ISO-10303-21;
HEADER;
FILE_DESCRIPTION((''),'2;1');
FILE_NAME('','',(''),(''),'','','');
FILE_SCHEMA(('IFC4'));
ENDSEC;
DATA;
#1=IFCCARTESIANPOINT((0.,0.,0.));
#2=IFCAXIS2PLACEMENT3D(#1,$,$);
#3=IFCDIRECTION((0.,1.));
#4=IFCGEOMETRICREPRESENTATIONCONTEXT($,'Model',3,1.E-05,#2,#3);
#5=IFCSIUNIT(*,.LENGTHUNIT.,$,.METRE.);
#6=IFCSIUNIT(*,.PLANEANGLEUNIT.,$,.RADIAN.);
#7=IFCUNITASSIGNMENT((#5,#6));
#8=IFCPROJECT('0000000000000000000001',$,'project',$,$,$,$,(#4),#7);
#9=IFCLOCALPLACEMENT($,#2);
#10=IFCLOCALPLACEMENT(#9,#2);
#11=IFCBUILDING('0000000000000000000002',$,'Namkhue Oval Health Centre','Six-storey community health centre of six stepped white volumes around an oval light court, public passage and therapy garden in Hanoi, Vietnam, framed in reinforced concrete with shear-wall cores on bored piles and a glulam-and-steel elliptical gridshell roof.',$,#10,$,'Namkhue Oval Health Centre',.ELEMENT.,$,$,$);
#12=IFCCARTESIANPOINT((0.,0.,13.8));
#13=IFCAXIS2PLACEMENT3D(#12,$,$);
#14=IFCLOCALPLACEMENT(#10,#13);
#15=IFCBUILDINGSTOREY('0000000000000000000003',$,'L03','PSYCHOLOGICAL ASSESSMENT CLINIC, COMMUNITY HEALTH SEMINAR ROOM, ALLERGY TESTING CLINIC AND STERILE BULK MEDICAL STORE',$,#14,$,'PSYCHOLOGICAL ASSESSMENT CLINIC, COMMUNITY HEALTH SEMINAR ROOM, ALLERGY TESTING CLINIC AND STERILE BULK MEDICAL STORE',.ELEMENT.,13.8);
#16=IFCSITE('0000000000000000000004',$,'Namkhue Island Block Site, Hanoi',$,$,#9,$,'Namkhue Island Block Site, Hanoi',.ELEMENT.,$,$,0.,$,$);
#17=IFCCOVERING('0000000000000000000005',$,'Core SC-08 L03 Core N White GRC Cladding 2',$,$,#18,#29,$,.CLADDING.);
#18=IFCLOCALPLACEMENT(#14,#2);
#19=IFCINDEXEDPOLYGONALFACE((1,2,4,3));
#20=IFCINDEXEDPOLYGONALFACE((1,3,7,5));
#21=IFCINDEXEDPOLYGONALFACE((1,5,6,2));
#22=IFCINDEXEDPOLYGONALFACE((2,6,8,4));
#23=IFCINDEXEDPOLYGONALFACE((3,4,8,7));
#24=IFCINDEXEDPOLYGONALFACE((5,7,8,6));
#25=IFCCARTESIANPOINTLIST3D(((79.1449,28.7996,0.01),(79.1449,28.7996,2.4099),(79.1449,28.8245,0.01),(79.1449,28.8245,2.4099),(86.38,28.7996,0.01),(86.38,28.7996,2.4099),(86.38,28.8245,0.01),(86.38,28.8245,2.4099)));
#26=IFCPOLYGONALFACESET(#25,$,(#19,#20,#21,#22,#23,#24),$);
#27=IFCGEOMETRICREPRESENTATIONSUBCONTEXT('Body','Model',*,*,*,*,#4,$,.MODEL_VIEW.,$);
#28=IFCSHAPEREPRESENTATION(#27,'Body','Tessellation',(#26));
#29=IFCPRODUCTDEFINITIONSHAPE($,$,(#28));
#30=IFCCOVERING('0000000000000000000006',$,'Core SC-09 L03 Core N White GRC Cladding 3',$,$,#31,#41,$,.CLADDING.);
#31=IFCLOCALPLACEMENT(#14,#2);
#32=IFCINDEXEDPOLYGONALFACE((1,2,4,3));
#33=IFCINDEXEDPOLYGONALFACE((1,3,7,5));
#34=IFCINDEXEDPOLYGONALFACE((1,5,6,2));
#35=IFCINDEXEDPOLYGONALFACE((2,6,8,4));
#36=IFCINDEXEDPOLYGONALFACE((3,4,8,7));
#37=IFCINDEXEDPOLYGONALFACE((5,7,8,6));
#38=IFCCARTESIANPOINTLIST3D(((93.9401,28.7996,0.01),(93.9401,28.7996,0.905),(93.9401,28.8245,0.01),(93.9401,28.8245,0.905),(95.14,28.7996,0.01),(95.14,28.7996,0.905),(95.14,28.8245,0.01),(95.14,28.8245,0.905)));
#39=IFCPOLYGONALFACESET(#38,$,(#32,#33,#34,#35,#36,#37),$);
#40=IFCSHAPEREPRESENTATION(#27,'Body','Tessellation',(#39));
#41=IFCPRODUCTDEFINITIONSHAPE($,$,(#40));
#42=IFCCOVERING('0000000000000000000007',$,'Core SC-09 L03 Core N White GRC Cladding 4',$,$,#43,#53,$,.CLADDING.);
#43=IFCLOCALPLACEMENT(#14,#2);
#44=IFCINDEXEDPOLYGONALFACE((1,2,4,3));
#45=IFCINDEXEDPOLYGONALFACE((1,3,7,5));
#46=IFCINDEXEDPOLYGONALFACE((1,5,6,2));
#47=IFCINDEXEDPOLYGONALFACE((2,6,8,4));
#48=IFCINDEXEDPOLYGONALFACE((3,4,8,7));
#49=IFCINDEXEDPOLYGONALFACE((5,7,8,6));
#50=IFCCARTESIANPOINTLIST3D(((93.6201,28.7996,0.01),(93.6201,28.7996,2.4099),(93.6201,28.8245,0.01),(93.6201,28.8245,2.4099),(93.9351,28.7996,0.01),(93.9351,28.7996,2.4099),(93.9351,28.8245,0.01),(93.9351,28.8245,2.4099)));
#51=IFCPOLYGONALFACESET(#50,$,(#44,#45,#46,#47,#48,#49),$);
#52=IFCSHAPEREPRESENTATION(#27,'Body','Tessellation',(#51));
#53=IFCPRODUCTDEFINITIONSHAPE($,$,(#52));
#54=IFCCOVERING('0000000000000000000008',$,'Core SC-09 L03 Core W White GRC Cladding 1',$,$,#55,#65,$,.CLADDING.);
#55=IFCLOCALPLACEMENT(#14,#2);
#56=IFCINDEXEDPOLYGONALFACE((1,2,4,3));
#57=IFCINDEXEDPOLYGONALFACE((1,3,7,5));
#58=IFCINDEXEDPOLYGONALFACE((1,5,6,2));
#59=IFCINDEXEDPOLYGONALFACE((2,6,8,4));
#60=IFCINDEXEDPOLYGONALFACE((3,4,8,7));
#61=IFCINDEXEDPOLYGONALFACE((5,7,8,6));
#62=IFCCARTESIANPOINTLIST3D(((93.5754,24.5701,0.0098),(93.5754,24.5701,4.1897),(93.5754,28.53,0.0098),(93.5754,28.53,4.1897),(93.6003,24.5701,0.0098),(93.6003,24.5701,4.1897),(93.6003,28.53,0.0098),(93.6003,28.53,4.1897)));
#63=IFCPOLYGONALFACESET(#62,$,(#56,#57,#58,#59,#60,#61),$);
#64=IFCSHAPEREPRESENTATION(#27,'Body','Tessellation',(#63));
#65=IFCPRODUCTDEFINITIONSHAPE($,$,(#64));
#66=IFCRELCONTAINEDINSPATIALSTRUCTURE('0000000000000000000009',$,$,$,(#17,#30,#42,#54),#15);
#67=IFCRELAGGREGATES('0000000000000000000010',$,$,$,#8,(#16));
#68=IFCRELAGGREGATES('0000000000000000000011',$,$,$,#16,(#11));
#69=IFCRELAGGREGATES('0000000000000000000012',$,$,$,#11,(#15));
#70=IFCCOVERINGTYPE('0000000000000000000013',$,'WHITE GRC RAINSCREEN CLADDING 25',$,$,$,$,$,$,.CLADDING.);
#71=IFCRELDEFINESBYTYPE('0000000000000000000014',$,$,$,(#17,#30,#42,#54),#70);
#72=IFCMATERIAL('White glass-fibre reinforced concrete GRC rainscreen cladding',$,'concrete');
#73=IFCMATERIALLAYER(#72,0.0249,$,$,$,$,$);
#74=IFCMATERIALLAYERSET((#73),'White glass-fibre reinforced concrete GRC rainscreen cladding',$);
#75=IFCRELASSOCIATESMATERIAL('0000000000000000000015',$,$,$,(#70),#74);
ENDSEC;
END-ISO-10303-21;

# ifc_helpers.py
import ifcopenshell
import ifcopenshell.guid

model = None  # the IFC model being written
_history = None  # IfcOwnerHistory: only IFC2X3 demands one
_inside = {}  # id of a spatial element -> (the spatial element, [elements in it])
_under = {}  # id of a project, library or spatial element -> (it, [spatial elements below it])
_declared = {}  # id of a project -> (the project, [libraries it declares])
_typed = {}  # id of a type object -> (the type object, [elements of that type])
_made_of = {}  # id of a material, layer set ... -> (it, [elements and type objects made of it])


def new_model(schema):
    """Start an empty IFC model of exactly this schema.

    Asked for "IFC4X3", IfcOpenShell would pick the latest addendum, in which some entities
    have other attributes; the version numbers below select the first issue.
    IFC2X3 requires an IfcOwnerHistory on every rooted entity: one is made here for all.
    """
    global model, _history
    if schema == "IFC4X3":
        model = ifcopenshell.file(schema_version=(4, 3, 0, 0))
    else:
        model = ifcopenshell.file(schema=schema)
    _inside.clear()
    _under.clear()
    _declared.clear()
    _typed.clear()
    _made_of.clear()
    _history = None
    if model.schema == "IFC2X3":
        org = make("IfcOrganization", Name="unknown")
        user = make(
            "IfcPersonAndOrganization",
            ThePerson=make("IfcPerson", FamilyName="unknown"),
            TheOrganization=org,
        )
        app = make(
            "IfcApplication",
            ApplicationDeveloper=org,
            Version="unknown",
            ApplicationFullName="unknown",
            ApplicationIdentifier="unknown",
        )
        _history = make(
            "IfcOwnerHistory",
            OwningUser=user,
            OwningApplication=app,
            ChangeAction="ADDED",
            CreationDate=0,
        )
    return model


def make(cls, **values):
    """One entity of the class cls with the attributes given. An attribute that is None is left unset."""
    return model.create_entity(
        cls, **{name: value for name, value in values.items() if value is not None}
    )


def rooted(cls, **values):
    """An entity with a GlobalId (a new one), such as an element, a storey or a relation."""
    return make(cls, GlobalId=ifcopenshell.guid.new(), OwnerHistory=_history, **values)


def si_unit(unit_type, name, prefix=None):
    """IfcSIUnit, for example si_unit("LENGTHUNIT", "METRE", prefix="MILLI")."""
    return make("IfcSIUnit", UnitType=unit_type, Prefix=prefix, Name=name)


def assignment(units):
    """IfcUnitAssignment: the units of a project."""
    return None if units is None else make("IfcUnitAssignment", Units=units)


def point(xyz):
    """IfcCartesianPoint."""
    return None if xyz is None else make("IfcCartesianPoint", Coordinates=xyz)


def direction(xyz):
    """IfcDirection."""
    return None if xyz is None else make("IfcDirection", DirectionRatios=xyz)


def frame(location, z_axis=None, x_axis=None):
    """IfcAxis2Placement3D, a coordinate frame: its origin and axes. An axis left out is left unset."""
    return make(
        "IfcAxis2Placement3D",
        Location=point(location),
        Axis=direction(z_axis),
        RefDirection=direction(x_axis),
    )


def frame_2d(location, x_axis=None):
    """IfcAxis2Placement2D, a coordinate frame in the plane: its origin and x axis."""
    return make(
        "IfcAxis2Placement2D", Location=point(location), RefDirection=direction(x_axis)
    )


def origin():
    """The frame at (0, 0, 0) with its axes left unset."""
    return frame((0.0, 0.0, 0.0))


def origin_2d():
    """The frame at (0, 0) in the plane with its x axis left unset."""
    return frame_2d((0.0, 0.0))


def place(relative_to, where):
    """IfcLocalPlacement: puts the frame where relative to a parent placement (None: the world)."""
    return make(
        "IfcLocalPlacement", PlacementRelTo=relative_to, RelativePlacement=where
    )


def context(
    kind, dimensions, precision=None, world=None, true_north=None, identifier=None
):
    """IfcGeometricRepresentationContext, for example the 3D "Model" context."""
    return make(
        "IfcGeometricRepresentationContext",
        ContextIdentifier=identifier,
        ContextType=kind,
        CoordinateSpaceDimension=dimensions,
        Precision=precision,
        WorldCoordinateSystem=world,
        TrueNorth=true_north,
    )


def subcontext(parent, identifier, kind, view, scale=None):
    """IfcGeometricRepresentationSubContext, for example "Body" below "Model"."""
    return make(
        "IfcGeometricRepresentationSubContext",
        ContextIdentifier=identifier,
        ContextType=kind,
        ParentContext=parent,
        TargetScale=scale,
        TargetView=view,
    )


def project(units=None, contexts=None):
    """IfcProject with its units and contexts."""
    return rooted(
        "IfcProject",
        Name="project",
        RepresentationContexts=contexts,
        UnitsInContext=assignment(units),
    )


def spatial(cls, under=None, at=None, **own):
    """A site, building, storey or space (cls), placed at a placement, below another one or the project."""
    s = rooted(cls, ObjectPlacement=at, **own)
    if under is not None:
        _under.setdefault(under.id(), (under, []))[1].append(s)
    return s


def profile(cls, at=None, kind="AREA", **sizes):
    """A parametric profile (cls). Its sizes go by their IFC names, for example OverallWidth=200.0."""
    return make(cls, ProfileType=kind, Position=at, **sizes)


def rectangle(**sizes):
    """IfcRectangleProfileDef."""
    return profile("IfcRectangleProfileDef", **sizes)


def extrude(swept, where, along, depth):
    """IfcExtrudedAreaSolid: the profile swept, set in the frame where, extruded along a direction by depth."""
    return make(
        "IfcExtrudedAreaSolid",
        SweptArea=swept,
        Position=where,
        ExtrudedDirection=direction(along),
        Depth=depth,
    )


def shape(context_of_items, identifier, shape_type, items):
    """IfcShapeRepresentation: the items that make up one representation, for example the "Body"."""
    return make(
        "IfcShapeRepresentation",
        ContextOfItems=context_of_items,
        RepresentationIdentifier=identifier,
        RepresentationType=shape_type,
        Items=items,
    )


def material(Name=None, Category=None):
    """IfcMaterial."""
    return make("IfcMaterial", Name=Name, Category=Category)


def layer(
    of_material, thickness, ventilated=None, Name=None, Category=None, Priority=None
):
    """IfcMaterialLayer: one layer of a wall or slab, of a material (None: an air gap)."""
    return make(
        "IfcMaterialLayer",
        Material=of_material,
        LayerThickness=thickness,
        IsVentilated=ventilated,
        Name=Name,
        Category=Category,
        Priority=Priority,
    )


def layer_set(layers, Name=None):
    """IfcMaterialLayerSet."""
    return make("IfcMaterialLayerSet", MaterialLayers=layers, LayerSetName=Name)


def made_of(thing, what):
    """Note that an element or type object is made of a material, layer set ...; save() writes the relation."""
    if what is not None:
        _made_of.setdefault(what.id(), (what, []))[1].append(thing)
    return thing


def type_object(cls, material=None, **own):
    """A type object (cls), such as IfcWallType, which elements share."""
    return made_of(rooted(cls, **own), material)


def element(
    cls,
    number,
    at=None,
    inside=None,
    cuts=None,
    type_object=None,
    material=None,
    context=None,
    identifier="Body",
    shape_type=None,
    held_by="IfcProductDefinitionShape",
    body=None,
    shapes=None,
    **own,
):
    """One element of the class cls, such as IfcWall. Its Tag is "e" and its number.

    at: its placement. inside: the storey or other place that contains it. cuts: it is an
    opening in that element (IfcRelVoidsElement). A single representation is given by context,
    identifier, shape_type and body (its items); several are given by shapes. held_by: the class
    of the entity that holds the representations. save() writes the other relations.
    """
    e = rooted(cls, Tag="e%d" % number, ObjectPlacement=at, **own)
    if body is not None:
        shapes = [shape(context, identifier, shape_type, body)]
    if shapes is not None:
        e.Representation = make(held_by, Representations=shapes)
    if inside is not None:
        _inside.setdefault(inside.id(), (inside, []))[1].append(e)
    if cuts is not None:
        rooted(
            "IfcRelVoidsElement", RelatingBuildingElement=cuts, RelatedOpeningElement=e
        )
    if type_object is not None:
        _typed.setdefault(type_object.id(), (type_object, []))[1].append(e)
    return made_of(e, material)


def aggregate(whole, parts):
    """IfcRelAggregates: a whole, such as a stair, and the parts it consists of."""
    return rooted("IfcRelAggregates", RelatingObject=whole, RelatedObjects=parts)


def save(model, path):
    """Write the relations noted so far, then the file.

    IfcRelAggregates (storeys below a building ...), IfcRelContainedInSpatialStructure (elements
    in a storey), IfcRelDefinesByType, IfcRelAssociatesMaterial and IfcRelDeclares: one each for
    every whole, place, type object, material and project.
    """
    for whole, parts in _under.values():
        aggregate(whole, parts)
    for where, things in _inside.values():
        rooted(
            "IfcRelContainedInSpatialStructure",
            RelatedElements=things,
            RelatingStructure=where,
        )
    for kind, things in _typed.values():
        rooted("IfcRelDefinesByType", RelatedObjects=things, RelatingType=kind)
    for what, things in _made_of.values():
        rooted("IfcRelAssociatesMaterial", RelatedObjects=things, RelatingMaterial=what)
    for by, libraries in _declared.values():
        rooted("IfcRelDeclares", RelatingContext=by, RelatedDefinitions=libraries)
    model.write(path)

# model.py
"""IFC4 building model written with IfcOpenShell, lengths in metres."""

from ifc_helpers import new_model, si_unit, direction, frame, origin, origin_2d, place, context, subcontext, project, spatial, rectangle, extrude, material, layer, layer_set, type_object, element, save


model = new_model("IFC4")

# Units and contexts
model_context = context("Model", 3, precision=1e-05, world=origin(), true_north=direction((0.0, 1.0)))
body_context = subcontext(model_context, "Body", "Model", "MODEL_VIEW")
ifc_project = project(units=[si_unit("LENGTHUNIT", "METRE"), si_unit("PLANEANGLEUNIT", "RADIAN")], contexts=[model_context])

# Site, building, storey
site_placement = place(None, origin())
site = spatial("IfcSite", under=ifc_project, at=site_placement, Name="Namkhue Island Block Site, Hanoi", LongName="Namkhue Island Block Site, Hanoi", CompositionType="ELEMENT", RefElevation=0.0)
building_placement = place(site_placement, origin())
building = spatial("IfcBuilding", under=site, at=building_placement, Name="Namkhue Oval Health Centre", Description="Six-storey community health centre of six stepped white volumes around an oval light court, public passage and therapy garden in Hanoi, Vietnam, framed in reinforced concrete with shear-wall cores on bored piles and a glulam-and-steel elliptical gridshell roof.", LongName="Namkhue Oval Health Centre", CompositionType="ELEMENT")
storey_placement = place(building_placement, frame((0.0, 0.0, 13.8)))
storey = spatial("IfcBuildingStorey", under=building, at=storey_placement, Name="L03", Description="PSYCHOLOGICAL ASSESSMENT CLINIC, COMMUNITY HEALTH SEMINAR ROOM, ALLERGY TESTING CLINIC AND STERILE BULK MEDICAL STORE", LongName="PSYCHOLOGICAL ASSESSMENT CLINIC, COMMUNITY HEALTH SEMINAR ROOM, ALLERGY TESTING CLINIC AND STERILE BULK MEDICAL STORE", CompositionType="ELEMENT", Elevation=13.8)

# Coverings
ifc_material_1 = material(Name="White glass-fibre reinforced concrete GRC rainscreen cladding", Category="concrete")
ifc_layer_1 = layer(ifc_material_1, 0.0249)
ifc_layer_set_1 = layer_set([ifc_layer_1], Name="White glass-fibre reinforced concrete GRC rainscreen cladding")
covering_type = type_object("IfcCoveringType", Name="WHITE GRC RAINSCREEN CLADDING 25", PredefinedType="CLADDING", material=ifc_layer_set_1)
covering_1_placement = place(storey_placement, frame((82.7625, 28.812, 0.01), z_axis=(0.0, 0.0, 1.0), x_axis=(-1.0, 0.0, 0.0)))
element("IfcCovering", 1, at=covering_1_placement, inside=storey, type_object=covering_type, Name="Core SC-08 L03 Core N White GRC Cladding 2", PredefinedType="CLADDING", context=body_context, shape_type="SweptSolid", body=[
    extrude(rectangle(XDim=7.2351, YDim=0.0249, at=origin_2d()), origin(), (0.0, 0.0, 1.0), 2.3999),
])
covering_2_placement = place(storey_placement, frame((94.54, 28.812, 0.01), z_axis=(0.0, 0.0, 1.0), x_axis=(-1.0, 0.0, 0.0)))
element("IfcCovering", 2, at=covering_2_placement, inside=storey, type_object=covering_type, Name="Core SC-09 L03 Core N White GRC Cladding 3", PredefinedType="CLADDING", context=body_context, shape_type="SweptSolid", body=[
    extrude(rectangle(XDim=1.2, YDim=0.0249, at=origin_2d()), origin(), (0.0, 0.0, 1.0), 0.895),
])
covering_3_placement = place(storey_placement, frame((93.7776, 28.812, 0.01), z_axis=(0.0, 0.0, 1.0), x_axis=(-1.0, 0.0, 0.0)))
element("IfcCovering", 3, at=covering_3_placement, inside=storey, type_object=covering_type, Name="Core SC-09 L03 Core N White GRC Cladding 4", PredefinedType="CLADDING", context=body_context, shape_type="SweptSolid", body=[
    extrude(rectangle(XDim=0.3149, YDim=0.0249, at=origin_2d()), origin(), (0.0, 0.0, 1.0), 2.3999),
])
covering_4_placement = place(storey_placement, frame((93.5879, 26.55, 0.0098), z_axis=(0.0, 0.0, 1.0), x_axis=(0.0, -1.0, 0.0)))
element("IfcCovering", 4, at=covering_4_placement, inside=storey, type_object=covering_type, Name="Core SC-09 L03 Core W White GRC Cladding 1", PredefinedType="CLADDING", context=body_context, shape_type="SweptSolid", body=[
    extrude(rectangle(XDim=3.96, YDim=0.0249, at=origin_2d()), origin(), (0.0, 0.0, 1.0), 4.1799),
])

save(model, "model.ifc")
